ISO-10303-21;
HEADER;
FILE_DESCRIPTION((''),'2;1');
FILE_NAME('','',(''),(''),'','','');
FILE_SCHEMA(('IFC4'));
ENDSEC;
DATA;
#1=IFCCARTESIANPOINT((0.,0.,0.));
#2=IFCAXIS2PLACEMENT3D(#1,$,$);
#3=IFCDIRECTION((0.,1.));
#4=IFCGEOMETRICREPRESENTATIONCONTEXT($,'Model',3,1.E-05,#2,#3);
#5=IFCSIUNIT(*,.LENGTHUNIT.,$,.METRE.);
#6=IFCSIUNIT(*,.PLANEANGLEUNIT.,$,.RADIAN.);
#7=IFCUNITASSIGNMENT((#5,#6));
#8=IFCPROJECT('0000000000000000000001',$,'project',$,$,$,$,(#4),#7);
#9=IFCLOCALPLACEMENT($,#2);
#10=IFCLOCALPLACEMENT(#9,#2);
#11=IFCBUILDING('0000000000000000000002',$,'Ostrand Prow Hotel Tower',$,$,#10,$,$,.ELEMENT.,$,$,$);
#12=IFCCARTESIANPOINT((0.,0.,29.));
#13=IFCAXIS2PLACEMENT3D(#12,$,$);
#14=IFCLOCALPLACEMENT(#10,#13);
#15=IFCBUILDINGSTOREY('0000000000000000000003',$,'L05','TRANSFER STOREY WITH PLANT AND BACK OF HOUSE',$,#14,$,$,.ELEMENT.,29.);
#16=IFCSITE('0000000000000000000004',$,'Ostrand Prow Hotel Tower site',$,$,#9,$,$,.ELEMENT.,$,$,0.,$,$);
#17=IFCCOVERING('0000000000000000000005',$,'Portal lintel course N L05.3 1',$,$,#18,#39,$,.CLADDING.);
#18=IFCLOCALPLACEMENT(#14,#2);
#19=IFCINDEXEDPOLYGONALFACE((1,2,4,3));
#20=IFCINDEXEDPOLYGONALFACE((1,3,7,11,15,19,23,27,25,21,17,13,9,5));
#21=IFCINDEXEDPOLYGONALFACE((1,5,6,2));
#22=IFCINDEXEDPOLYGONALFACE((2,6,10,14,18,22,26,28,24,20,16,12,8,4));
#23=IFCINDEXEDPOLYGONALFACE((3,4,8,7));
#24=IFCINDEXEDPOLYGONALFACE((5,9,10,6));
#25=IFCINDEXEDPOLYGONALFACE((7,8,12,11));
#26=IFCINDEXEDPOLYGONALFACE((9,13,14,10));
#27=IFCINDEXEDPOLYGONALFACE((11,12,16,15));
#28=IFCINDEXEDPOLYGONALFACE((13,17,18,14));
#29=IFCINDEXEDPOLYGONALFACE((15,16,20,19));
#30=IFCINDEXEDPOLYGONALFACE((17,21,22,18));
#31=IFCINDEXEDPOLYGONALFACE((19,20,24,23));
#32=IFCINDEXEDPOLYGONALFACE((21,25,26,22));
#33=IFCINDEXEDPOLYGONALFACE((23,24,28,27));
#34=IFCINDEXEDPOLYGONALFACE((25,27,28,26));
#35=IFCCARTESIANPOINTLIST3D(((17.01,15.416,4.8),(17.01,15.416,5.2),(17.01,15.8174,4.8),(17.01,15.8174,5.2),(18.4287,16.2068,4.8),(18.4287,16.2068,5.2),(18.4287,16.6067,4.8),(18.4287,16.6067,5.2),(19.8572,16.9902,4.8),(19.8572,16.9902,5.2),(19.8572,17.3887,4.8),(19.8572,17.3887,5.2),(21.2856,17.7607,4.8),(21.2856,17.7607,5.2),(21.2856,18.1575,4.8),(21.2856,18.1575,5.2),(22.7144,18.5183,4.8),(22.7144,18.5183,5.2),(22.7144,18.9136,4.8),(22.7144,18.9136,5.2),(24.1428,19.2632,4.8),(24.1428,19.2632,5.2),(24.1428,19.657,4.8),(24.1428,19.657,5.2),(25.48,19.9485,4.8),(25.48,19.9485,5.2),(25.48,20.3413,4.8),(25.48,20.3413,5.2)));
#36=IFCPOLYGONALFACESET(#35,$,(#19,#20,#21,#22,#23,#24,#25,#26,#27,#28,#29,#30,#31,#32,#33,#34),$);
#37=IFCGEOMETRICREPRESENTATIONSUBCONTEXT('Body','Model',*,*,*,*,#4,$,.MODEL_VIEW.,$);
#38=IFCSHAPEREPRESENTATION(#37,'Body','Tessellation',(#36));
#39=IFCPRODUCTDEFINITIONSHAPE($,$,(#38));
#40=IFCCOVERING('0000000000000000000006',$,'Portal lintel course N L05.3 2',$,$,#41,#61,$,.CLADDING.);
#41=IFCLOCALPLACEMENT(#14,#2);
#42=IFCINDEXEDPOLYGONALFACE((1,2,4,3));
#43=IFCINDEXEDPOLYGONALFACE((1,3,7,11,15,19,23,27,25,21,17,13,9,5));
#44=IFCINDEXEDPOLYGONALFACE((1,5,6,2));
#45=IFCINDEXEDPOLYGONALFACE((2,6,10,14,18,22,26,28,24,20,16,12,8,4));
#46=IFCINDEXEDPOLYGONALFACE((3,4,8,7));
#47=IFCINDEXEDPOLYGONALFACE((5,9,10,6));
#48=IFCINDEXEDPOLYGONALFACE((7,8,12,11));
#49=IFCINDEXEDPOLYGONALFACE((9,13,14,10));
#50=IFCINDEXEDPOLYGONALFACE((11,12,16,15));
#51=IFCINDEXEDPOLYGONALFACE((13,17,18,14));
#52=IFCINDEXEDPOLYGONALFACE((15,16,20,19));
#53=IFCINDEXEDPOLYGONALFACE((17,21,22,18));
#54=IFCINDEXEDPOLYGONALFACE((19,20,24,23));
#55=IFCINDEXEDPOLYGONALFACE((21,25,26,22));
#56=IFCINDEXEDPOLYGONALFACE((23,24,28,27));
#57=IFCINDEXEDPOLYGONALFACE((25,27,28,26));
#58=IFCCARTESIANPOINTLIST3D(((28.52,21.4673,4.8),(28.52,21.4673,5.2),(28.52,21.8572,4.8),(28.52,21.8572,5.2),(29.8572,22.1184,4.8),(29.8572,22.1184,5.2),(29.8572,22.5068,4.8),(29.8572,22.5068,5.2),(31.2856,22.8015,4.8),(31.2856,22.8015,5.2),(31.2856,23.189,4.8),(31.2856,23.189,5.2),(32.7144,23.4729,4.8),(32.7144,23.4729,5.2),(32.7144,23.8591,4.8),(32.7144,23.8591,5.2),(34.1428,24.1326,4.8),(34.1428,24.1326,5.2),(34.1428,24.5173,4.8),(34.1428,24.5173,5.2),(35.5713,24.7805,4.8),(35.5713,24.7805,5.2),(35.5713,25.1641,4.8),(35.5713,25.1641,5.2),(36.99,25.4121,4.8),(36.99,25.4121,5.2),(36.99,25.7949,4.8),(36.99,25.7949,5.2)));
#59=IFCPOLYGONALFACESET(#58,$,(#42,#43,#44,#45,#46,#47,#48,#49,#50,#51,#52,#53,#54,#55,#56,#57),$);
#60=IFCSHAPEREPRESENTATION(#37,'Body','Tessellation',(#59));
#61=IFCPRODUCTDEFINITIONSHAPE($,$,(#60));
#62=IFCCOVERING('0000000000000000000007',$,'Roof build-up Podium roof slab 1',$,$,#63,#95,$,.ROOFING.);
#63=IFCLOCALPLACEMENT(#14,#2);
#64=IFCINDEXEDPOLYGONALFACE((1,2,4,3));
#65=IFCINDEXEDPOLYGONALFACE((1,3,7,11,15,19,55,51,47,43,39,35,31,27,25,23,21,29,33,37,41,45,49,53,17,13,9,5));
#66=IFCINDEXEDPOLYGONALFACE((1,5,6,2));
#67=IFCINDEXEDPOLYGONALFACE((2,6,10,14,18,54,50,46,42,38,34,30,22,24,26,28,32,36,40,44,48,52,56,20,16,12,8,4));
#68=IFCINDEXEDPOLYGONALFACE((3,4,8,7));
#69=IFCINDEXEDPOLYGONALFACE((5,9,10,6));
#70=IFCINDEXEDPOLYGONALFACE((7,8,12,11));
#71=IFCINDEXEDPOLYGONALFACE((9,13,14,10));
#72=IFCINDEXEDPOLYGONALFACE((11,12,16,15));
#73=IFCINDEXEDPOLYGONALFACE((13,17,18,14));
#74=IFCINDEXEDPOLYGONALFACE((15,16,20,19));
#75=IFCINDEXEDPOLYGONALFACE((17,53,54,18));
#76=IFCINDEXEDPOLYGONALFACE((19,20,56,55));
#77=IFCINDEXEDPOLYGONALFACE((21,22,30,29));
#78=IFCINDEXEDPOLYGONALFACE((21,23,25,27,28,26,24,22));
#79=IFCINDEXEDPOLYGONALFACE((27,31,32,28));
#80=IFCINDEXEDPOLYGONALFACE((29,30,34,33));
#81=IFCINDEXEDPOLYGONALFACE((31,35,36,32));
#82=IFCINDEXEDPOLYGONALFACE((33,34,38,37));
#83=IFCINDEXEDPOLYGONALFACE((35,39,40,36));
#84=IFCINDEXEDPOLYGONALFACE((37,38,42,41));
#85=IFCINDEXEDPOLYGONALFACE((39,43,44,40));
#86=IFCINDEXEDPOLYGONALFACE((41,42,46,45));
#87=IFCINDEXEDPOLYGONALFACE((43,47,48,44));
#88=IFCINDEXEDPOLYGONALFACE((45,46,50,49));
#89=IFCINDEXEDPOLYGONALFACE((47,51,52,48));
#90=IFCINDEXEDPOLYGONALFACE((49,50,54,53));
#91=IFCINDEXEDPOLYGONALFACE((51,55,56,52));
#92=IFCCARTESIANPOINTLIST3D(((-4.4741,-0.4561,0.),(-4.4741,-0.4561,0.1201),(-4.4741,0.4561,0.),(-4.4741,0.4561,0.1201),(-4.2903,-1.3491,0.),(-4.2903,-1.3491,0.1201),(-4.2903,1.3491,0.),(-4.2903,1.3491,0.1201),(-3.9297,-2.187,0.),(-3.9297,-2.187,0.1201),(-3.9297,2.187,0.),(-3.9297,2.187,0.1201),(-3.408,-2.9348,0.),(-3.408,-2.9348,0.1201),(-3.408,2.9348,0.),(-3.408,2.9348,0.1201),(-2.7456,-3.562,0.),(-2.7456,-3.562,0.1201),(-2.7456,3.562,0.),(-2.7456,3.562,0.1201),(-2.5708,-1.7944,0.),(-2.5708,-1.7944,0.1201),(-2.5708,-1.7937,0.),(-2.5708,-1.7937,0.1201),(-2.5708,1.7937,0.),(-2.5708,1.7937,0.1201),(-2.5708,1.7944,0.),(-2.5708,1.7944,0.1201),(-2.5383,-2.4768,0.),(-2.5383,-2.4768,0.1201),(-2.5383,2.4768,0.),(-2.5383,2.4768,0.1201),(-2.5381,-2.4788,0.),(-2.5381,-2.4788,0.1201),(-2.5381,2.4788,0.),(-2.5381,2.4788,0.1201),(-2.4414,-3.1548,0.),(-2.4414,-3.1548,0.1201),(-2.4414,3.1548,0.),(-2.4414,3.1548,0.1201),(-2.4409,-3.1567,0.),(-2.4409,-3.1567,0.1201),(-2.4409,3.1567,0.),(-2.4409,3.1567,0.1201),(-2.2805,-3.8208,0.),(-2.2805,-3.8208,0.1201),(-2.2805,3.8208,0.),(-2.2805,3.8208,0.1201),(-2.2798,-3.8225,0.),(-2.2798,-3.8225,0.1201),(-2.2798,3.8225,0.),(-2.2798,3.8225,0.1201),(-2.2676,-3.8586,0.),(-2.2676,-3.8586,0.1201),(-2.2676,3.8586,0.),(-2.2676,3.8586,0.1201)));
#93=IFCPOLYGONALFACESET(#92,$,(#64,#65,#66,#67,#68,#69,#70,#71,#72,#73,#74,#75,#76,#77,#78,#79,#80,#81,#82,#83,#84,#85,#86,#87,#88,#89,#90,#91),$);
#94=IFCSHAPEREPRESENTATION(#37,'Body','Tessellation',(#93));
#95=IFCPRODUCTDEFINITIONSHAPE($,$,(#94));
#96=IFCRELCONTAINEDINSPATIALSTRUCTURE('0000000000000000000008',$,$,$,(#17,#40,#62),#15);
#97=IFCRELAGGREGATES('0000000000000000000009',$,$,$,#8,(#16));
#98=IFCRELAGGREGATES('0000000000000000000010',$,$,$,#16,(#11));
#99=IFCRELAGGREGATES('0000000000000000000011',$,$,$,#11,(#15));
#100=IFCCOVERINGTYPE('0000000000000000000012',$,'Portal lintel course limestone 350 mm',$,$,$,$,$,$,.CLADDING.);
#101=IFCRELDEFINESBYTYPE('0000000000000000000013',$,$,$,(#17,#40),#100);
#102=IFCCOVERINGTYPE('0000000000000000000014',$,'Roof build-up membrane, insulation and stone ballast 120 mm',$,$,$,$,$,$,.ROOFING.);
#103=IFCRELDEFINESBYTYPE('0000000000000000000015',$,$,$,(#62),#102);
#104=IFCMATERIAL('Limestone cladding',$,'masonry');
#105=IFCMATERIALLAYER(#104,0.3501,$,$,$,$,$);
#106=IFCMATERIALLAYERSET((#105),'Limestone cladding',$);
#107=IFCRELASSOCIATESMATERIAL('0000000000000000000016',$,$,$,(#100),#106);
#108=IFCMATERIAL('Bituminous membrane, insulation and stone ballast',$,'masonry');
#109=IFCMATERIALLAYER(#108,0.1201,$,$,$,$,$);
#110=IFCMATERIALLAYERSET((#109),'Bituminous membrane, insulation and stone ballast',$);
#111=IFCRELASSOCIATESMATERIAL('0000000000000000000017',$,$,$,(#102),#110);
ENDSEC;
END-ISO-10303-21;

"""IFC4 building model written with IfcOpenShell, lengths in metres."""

from ifc_helpers import new_model, si_unit, direction, frame, origin, place, context, subcontext, project, spatial, polyline, outline, extrude, material, layer, layer_set, type_object, element, save


model = new_model("IFC4")

# Units and contexts
model_context = context("Model", 3, precision=1e-05, world=origin(), true_north=direction((0.0, 1.0)))
body_context = subcontext(model_context, "Body", "Model", "MODEL_VIEW")
ifc_project = project(units=[si_unit("LENGTHUNIT", "METRE"), si_unit("PLANEANGLEUNIT", "RADIAN")], contexts=[model_context])

# Site, building, storey
site_placement = place(None, origin())
site = spatial("IfcSite", under=ifc_project, at=site_placement, Name="Ostrand Prow Hotel Tower site", CompositionType="ELEMENT", RefElevation=0.0)
building_placement = place(site_placement, origin())
building = spatial("IfcBuilding", under=site, at=building_placement, Name="Ostrand Prow Hotel Tower", CompositionType="ELEMENT")
storey_placement = place(building_placement, frame((0.0, 0.0, 29.0)))
storey = spatial("IfcBuildingStorey", under=building, at=storey_placement, Name="L05", Description="TRANSFER STOREY WITH PLANT AND BACK OF HOUSE", CompositionType="ELEMENT", Elevation=29.0)

# Coverings
ifc_material_1 = material(Name="Limestone cladding", Category="masonry")
ifc_layer_1 = layer(ifc_material_1, 0.3501)
ifc_layer_set_1 = layer_set([ifc_layer_1], Name="Limestone cladding")
covering_type_1 = type_object("IfcCoveringType", Name="Portal lintel course limestone 350 mm", PredefinedType="CLADDING", material=ifc_layer_set_1)
covering_1_placement = place(storey_placement, frame((0.0, 0.0, 4.8)))
element("IfcCovering", 1, at=covering_1_placement, inside=storey, type_object=covering_type_1, Name="Portal lintel course N L05.3 1", PredefinedType="CLADDING", context=body_context, shape_type="SweptSolid", body=[
    extrude(outline(polyline([(19.8572, 17.3887), (18.4287, 16.6067), (17.01, 15.8174), (17.01, 15.416), (18.4287, 16.2068), (19.8572, 16.9902), (21.2856, 17.7607), (22.7144, 18.5183), (24.1428, 19.2632), (25.48, 19.9485), (25.48, 20.3413), (24.1428, 19.657), (22.7144, 18.9136), (21.2856, 18.1575), (19.8572, 17.3887)])), origin(), (0.0, 0.0, 1.0), 0.3999),
])
covering_2_placement = place(storey_placement, frame((0.0, 0.0, 4.8)))
element("IfcCovering", 2, at=covering_2_placement, inside=storey, type_object=covering_type_1, Name="Portal lintel course N L05.3 2", PredefinedType="CLADDING", context=body_context, shape_type="SweptSolid", body=[
    extrude(outline(polyline([(29.8572, 22.5068), (28.52, 21.8572), (28.52, 21.4673), (29.8572, 22.1184), (31.2856, 22.8015), (32.7144, 23.4729), (34.1428, 24.1326), (35.5713, 24.7805), (36.99, 25.4121), (36.99, 25.7949), (35.5713, 25.1641), (34.1428, 24.5173), (32.7144, 23.8591), (31.2856, 23.189), (29.8572, 22.5068)])), origin(), (0.0, 0.0, 1.0), 0.3999),
])
ifc_material_2 = material(Name="Bituminous membrane, insulation and stone ballast", Category="masonry")
ifc_layer_2 = layer(ifc_material_2, 0.1201)
ifc_layer_set_2 = layer_set([ifc_layer_2], Name="Bituminous membrane, insulation and stone ballast")
covering_type_2 = type_object("IfcCoveringType", Name="Roof build-up membrane, insulation and stone ballast 120 mm", PredefinedType="ROOFING", material=ifc_layer_set_2)
covering_3_placement = place(storey_placement, origin())
element("IfcCovering", 3, at=covering_3_placement, inside=storey, type_object=covering_type_2, Name="Roof build-up Podium roof slab 1", PredefinedType="ROOFING", context=body_context, shape_type="SweptSolid", body=[
    extrude(outline(polyline([(-2.7456, -3.562), (-2.2676, -3.8586), (-2.2798, -3.8225), (-2.2805, -3.8208), (-2.4409, -3.1567), (-2.4414, -3.1548), (-2.5381, -2.4788), (-2.5383, -2.4768), (-2.5708, -1.7944), (-2.5708, -1.7937), (-2.5708, 1.7937), (-2.5708, 1.7944), (-2.5383, 2.4768), (-2.5381, 2.4788), (-2.4414, 3.1548), (-2.4409, 3.1567), (-2.2805, 3.8208), (-2.2798, 3.8225), (-2.2676, 3.8586), (-2.7456, 3.562), (-3.408, 2.9348), (-3.9297, 2.187), (-4.2903, 1.3491), (-4.4741, 0.4561), (-4.4741, -0.4561), (-4.2903, -1.3491), (-3.9297, -2.187), (-3.408, -2.9348), (-2.7456, -3.562)])), origin(), (0.0, 0.0, 1.0), 0.1201),
])

save(model, "model.ifc")
